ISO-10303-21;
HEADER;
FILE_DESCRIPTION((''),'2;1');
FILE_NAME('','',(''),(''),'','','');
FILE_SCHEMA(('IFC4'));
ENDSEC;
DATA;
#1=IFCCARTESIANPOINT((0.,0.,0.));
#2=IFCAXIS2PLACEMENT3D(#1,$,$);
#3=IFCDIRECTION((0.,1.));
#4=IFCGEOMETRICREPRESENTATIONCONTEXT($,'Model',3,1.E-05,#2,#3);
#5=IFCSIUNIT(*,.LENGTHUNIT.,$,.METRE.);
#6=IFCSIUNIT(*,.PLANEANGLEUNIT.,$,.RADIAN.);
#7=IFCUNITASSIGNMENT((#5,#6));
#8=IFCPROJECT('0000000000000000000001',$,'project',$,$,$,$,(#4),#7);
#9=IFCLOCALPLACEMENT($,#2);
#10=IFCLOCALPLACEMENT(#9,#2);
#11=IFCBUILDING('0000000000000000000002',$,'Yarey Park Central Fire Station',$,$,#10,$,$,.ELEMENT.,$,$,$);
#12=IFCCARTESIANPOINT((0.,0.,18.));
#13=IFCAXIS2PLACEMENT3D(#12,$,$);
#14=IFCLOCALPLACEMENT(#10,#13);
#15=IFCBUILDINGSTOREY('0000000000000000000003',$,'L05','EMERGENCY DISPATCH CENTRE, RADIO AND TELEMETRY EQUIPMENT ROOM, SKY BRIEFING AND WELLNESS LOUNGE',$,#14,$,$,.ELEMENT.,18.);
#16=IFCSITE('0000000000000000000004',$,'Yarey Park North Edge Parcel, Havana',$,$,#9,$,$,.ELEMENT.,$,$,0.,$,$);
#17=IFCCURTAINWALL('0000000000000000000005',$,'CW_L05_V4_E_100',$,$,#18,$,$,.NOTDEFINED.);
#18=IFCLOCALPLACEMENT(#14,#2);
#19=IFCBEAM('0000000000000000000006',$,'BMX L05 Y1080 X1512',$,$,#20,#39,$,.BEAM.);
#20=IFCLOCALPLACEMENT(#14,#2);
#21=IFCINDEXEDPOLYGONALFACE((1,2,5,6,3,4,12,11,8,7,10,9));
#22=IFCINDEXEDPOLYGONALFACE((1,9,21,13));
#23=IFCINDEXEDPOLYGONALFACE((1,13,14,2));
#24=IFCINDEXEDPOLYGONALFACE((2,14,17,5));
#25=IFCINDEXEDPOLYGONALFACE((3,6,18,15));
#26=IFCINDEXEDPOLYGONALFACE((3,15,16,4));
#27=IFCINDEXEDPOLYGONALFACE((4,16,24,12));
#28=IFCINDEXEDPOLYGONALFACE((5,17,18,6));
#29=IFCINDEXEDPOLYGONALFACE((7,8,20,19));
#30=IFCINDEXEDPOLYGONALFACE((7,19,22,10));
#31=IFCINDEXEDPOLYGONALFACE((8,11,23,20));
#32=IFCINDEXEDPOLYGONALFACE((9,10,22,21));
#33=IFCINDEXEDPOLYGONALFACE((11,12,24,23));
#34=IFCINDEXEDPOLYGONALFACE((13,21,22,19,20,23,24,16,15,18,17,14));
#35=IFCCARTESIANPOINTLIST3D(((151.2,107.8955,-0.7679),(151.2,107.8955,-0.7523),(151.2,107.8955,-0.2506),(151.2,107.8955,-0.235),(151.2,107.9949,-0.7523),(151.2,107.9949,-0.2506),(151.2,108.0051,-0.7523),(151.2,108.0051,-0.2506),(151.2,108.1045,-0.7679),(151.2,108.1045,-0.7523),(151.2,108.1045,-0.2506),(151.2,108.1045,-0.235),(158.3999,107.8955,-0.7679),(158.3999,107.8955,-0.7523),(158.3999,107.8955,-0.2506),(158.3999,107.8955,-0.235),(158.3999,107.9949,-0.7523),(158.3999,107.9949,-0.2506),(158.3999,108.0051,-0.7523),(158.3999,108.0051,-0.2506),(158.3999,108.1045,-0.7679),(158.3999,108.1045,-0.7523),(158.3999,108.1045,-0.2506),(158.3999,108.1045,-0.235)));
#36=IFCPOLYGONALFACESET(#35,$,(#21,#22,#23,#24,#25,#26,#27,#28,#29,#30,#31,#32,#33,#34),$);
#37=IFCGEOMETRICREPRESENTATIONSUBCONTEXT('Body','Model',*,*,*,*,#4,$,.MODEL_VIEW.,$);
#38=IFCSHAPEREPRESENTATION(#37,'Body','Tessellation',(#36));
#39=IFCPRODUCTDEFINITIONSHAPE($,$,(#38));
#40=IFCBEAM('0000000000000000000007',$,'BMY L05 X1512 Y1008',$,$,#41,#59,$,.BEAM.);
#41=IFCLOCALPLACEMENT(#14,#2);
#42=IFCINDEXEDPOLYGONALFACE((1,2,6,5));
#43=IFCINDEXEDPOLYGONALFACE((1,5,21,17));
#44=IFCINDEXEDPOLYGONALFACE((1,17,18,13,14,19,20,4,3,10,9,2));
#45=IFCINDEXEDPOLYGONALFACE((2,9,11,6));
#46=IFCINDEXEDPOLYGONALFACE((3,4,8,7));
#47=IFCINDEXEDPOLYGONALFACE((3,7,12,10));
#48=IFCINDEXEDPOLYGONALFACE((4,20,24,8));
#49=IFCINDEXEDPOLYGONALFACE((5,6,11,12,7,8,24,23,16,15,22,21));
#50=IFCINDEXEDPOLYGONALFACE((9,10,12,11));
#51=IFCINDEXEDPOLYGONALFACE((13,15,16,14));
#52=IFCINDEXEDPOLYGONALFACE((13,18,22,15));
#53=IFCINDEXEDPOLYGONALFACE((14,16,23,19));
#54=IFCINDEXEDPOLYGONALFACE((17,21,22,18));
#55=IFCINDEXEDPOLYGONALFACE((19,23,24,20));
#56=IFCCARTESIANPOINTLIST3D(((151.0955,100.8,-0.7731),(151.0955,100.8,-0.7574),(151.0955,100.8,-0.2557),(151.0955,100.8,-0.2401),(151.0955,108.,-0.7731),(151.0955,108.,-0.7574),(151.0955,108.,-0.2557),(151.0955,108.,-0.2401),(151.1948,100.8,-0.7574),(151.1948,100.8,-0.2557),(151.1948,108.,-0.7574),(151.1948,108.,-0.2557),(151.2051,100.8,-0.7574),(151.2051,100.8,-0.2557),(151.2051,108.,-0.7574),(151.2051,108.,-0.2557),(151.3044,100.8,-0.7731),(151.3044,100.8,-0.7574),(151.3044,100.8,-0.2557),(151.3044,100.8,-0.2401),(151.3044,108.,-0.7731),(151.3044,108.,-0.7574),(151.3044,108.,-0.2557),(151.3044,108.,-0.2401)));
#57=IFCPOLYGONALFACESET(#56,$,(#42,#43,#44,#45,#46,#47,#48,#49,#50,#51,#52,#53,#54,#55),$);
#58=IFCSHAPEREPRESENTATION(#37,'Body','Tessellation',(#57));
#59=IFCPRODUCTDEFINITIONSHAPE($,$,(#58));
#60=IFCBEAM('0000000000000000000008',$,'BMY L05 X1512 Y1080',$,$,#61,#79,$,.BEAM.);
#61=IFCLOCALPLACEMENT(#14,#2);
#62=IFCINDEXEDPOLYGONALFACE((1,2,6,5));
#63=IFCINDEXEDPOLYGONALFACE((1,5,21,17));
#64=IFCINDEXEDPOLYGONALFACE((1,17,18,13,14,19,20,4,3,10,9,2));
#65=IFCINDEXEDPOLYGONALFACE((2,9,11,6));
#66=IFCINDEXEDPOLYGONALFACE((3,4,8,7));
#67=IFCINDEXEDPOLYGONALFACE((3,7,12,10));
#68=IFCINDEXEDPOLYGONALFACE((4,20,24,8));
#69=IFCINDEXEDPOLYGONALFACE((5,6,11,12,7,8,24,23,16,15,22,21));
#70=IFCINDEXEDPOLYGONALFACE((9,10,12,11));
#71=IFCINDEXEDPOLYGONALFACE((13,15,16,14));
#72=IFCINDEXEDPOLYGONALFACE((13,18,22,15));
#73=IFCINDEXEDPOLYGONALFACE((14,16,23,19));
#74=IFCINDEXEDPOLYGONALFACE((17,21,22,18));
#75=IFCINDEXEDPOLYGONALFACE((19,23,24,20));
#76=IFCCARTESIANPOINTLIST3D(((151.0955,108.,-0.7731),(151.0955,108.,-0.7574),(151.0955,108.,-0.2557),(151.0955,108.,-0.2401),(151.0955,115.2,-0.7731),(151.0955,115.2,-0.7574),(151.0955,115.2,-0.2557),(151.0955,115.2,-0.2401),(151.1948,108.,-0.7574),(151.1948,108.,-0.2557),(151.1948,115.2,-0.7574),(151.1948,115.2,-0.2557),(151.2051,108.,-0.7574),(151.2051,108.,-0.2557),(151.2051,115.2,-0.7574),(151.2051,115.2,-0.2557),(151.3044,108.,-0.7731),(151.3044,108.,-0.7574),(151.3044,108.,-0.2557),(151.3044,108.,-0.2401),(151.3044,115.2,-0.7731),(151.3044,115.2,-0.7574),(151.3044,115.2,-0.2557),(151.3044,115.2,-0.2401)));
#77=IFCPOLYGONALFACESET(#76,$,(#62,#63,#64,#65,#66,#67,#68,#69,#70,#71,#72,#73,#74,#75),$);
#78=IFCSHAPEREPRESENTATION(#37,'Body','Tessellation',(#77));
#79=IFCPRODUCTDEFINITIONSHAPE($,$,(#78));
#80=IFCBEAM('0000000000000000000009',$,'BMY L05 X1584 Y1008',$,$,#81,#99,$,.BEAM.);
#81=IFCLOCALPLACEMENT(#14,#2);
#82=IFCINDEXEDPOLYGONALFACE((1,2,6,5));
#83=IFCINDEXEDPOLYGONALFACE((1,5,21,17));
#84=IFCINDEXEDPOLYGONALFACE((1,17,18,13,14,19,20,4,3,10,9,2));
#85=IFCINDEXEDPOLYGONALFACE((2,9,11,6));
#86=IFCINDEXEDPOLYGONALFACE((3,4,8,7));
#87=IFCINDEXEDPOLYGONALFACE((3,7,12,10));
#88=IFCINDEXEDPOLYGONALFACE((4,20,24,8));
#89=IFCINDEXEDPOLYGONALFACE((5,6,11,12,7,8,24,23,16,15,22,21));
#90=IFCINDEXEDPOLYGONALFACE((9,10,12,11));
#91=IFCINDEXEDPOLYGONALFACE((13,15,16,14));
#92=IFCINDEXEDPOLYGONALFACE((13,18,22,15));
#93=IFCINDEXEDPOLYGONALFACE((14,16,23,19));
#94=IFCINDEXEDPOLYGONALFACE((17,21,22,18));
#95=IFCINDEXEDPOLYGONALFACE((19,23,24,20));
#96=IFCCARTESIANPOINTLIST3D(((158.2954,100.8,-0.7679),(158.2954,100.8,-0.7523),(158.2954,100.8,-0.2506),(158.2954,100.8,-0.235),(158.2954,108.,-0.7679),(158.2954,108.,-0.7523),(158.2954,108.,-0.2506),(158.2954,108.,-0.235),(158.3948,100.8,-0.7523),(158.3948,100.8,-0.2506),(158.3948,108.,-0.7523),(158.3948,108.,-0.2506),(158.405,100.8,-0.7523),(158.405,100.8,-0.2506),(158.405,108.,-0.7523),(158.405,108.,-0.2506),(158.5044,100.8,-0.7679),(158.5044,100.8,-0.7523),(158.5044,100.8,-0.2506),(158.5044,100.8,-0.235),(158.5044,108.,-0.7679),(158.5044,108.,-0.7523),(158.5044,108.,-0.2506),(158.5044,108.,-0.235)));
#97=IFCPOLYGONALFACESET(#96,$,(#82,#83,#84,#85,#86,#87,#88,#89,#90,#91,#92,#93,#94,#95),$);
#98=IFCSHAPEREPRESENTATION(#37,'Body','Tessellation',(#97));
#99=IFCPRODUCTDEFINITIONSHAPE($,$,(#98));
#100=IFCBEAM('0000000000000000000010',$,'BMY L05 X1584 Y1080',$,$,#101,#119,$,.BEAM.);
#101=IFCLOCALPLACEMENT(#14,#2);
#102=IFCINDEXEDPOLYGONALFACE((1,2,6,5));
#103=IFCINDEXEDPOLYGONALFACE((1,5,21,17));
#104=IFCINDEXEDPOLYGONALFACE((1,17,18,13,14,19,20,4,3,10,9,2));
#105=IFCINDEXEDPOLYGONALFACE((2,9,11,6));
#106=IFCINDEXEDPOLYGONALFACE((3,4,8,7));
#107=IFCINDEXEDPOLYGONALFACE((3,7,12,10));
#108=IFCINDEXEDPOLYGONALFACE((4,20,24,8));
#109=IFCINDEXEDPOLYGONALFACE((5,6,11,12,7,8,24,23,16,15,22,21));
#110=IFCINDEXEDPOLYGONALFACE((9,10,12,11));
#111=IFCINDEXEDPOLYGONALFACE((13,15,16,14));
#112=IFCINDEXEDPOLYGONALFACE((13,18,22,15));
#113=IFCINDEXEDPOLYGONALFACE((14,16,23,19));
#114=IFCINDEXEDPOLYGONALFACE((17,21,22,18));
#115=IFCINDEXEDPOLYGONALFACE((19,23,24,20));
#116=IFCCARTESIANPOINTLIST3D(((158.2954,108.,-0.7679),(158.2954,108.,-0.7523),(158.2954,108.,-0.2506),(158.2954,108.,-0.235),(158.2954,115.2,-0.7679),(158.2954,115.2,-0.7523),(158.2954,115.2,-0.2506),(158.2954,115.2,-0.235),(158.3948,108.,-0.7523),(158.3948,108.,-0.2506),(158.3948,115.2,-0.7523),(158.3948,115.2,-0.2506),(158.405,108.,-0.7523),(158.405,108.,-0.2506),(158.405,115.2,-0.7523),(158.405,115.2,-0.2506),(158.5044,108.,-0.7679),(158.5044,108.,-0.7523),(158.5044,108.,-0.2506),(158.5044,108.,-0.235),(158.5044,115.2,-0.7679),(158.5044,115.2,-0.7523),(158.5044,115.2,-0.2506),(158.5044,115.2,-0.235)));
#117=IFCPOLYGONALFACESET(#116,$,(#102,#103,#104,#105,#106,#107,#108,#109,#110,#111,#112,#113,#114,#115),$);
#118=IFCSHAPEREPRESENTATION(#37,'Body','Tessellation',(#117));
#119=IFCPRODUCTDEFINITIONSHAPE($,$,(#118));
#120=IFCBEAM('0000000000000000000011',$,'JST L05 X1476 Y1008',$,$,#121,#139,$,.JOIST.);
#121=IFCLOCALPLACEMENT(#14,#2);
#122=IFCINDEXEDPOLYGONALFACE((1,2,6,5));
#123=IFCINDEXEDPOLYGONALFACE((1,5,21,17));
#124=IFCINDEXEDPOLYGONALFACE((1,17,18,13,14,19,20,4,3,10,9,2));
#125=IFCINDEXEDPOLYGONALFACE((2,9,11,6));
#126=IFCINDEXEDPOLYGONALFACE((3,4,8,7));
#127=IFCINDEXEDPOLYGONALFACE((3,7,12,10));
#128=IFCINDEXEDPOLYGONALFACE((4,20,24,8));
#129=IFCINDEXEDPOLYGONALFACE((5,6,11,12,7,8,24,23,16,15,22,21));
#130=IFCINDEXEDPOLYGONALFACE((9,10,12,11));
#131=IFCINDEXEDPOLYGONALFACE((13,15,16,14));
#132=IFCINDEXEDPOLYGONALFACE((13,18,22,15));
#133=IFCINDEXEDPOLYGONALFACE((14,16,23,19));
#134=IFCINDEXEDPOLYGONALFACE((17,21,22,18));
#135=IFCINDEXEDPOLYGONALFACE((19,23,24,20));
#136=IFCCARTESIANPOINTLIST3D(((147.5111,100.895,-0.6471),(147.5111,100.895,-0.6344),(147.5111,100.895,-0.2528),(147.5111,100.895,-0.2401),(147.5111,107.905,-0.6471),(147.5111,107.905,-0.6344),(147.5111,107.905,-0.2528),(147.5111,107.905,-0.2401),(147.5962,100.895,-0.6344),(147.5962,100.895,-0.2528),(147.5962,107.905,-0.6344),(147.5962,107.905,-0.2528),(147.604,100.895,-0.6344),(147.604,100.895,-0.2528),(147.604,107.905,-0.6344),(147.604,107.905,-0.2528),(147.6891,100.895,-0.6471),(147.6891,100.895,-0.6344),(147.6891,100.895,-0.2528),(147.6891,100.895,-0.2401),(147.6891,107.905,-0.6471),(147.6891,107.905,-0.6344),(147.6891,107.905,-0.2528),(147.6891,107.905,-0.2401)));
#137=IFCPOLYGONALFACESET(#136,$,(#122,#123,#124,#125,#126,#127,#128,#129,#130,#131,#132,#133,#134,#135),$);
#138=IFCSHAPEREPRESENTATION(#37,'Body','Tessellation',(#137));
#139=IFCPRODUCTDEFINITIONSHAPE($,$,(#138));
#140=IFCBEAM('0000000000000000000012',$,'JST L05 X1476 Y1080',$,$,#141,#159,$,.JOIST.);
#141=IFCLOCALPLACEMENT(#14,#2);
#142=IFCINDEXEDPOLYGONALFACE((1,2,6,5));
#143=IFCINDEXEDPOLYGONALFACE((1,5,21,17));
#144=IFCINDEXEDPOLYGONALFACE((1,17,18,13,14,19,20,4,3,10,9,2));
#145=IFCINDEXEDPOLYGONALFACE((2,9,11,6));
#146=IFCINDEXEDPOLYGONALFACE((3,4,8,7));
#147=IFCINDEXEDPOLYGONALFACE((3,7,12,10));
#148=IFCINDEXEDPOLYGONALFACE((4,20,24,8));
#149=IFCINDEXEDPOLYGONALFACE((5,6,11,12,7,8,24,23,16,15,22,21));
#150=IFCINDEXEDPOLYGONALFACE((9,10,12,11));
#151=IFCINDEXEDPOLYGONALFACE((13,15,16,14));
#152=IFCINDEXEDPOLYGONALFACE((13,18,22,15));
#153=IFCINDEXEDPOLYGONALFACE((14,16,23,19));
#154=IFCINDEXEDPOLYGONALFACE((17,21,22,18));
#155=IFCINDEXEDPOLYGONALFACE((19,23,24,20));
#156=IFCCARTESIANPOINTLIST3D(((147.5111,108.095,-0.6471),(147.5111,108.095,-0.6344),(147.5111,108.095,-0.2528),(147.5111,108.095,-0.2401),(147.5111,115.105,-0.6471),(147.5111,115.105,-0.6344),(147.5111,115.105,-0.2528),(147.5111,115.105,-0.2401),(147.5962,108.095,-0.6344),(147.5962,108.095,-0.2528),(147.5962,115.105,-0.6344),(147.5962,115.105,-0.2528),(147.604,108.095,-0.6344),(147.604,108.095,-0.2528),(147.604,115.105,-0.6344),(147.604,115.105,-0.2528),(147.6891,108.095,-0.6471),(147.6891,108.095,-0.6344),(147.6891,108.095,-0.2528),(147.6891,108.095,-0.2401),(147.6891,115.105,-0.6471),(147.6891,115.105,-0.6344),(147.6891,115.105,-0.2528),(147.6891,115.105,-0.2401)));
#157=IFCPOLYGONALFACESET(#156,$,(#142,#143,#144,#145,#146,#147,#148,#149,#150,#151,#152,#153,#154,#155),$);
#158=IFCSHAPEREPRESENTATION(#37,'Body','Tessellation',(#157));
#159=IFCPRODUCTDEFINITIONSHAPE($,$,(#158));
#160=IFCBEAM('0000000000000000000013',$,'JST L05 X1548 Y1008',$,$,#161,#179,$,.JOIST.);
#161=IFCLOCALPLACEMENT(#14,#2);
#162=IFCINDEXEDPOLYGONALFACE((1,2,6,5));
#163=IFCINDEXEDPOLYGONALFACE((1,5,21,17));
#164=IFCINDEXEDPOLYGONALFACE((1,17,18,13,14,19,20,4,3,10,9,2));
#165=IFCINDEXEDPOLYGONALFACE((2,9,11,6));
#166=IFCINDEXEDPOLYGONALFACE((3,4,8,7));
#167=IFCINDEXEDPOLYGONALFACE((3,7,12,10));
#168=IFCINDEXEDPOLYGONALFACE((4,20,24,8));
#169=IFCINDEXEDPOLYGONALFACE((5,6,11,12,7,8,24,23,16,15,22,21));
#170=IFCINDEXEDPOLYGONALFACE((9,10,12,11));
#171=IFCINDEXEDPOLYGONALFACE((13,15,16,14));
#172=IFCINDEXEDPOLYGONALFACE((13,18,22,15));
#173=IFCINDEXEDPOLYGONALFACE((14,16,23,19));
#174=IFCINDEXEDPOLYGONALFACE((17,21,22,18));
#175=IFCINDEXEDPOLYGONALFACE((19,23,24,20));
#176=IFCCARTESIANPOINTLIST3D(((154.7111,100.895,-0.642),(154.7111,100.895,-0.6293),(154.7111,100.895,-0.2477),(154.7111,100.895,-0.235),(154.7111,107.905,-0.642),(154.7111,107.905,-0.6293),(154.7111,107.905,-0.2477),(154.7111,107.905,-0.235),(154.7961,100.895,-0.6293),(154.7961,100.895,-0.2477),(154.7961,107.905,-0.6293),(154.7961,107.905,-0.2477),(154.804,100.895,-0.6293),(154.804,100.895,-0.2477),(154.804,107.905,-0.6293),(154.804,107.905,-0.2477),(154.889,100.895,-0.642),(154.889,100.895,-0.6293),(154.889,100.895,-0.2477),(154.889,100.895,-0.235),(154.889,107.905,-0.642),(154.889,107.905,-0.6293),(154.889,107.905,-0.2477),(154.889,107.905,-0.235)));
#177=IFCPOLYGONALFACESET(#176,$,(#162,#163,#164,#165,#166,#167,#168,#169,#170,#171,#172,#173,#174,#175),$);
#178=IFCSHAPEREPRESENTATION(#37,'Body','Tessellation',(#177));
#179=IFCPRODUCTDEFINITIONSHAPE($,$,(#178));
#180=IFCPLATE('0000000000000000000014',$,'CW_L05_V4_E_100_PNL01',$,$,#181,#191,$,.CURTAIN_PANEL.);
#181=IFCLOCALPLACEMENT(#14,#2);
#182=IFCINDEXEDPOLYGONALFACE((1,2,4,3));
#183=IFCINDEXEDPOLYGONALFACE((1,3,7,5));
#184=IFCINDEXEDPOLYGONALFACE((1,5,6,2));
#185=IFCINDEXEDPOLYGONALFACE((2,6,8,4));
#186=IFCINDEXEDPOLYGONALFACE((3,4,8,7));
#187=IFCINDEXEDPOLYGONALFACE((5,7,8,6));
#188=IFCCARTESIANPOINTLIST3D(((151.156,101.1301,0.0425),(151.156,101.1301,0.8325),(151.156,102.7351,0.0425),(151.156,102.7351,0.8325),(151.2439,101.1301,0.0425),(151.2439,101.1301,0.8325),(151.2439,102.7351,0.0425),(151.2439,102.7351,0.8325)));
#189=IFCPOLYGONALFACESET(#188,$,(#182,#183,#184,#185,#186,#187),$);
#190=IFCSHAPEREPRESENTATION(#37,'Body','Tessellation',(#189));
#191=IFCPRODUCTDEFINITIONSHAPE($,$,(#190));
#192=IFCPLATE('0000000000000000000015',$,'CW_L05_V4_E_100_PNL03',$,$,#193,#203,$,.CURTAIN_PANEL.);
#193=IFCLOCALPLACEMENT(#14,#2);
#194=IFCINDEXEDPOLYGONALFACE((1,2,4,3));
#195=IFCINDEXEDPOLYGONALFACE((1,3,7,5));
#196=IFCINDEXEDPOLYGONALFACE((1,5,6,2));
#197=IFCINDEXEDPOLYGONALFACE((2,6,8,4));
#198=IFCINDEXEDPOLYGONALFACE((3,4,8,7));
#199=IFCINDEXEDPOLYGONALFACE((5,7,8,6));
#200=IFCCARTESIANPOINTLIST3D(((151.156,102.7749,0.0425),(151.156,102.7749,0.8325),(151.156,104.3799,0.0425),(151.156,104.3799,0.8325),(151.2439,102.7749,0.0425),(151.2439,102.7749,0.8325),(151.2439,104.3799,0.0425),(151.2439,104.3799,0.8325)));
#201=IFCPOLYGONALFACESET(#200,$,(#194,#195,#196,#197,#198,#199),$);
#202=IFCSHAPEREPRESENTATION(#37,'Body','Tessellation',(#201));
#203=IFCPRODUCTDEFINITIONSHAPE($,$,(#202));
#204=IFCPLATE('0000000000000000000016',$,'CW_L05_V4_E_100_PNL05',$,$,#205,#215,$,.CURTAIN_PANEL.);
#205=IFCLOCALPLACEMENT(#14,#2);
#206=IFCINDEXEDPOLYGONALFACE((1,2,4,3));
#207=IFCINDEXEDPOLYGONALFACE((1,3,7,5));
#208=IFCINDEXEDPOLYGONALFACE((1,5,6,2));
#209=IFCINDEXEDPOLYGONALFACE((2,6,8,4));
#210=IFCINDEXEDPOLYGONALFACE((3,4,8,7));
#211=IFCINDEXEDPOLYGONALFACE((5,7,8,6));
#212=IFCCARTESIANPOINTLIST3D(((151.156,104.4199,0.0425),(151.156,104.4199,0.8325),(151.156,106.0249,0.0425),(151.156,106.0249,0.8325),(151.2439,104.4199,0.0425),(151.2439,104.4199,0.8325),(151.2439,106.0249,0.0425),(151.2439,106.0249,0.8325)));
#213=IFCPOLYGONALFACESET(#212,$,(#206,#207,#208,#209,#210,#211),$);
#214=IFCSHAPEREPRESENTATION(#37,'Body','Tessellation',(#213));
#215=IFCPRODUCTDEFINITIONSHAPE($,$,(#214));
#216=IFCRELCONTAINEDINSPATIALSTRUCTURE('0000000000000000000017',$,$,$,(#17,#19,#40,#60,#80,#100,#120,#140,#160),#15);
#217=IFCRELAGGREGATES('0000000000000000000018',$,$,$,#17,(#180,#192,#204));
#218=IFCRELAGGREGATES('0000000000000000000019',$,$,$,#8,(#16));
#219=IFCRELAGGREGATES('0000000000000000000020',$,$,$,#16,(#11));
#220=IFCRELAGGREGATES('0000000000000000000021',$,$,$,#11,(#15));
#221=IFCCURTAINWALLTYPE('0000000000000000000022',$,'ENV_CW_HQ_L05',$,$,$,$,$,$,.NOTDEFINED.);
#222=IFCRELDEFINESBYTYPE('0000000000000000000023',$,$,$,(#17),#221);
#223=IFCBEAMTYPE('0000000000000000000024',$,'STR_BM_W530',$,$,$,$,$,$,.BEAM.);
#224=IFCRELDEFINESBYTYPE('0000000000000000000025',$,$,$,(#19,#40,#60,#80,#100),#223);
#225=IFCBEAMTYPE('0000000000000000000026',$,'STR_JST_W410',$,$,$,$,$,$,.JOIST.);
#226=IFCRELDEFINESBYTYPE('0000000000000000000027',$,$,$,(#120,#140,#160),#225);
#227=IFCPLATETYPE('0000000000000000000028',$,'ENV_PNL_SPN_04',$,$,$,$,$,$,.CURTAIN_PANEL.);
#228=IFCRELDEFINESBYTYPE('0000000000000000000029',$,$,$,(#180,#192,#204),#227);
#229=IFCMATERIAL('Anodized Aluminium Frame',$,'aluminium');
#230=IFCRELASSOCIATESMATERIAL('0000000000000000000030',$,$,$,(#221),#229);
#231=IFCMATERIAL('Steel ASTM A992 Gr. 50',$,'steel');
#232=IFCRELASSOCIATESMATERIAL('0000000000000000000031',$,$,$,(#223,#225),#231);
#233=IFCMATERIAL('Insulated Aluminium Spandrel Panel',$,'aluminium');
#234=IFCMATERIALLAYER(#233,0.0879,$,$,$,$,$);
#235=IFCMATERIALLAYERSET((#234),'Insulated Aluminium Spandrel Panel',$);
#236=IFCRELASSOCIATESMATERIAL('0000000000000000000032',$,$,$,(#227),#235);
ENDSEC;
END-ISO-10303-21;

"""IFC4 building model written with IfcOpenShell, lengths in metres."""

from ifc_helpers import new_model, si_unit, direction, frame, origin, origin_2d, place, context, subcontext, project, spatial, rectangle, i_section, extrude, material, layer, layer_set, material_profile, profile_set, type_object, element, aggregate, save


model = new_model("IFC4")

# Units and contexts
model_context = context("Model", 3, precision=1e-05, world=origin(), true_north=direction((0.0, 1.0)))
body_context = subcontext(model_context, "Body", "Model", "MODEL_VIEW")
ifc_project = project(units=[si_unit("LENGTHUNIT", "METRE"), si_unit("PLANEANGLEUNIT", "RADIAN")], contexts=[model_context])

# Site, building, storey
site_placement = place(None, origin())
site = spatial("IfcSite", under=ifc_project, at=site_placement, Name="Yarey Park North Edge Parcel, Havana", CompositionType="ELEMENT", RefElevation=0.0)
building_placement = place(site_placement, origin())
building = spatial("IfcBuilding", under=site, at=building_placement, Name="Yarey Park Central Fire Station", CompositionType="ELEMENT")
storey_placement = place(building_placement, frame((0.0, 0.0, 18.0)))
storey = spatial("IfcBuildingStorey", under=building, at=storey_placement, Name="L05", Description="EMERGENCY DISPATCH CENTRE, RADIO AND TELEMETRY EQUIPMENT ROOM, SKY BRIEFING AND WELLNESS LOUNGE", CompositionType="ELEMENT", Elevation=18.0)

# Curtain wall
ifc_material_1 = material(Name="Anodized Aluminium Frame", Category="aluminium")
curtain_wall_type = type_object("IfcCurtainWallType", Name="ENV_CW_HQ_L05", PredefinedType="NOTDEFINED", material=ifc_material_1)
curtain_wall_placement = place(storey_placement, origin())
curtain_wall = element("IfcCurtainWall", 1, at=curtain_wall_placement, inside=storey, type_object=curtain_wall_type, Name="CW_L05_V4_E_100", PredefinedType="NOTDEFINED")

# Beams
ifc_material_2 = material(Name="Steel ASTM A992 Gr. 50", Category="steel")
ifc_material_profile_1 = material_profile(ifc_material_2, i_section(OverallWidth=0.209, OverallDepth=0.533, WebThickness=0.0103, FlangeThickness=0.0156, at=origin_2d()), Name="W530x92")
ifc_profile_set_1 = profile_set([ifc_material_profile_1], Name="Steel ASTM A992 Gr. 50")
beam_type_1 = type_object("IfcBeamType", Name="STR_BM_W530", PredefinedType="BEAM", material=ifc_profile_set_1)
for number, where, z_axis, x_axis, name in (
    (2, (151.2, 108.0, -0.5015), (1.0, 0.0, 0.0), (0.0, 1.0, 0.0), "BMX L05 Y1080 X1512"),
    (3, (151.2, 100.8, -0.5066), (0.0, 1.0, 0.0), (-1.0, 0.0, 0.0), "BMY L05 X1512 Y1008"),
    (4, (151.2, 108.0, -0.5066), (0.0, 1.0, 0.0), (-1.0, 0.0, 0.0), "BMY L05 X1512 Y1080"),
    (5, (158.3999, 100.8, -0.5015), (0.0, 1.0, 0.0), (-1.0, 0.0, 0.0), "BMY L05 X1584 Y1008"),
    (6, (158.3999, 108.0, -0.5015), (0.0, 1.0, 0.0), (-1.0, 0.0, 0.0), "BMY L05 X1584 Y1080"),
):
    element("IfcBeam", number, at=place(storey_placement, frame(where, z_axis=z_axis, x_axis=x_axis)), inside=storey, type_object=beam_type_1, Name=name, PredefinedType="BEAM", context=body_context, shape_type="SweptSolid", body=[
        extrude(i_section(OverallWidth=0.209, OverallDepth=0.533, WebThickness=0.0103, FlangeThickness=0.0156, at=origin_2d()), origin(), (0.0, 0.0, 1.0), 7.2),
    ])
ifc_material_profile_2 = material_profile(ifc_material_2, i_section(OverallWidth=0.178, OverallDepth=0.407, WebThickness=0.0078, FlangeThickness=0.0127, at=origin_2d()), Name="W410x60")
ifc_profile_set_2 = profile_set([ifc_material_profile_2], Name="Steel ASTM A992 Gr. 50")
beam_type_2 = type_object("IfcBeamType", Name="STR_JST_W410", PredefinedType="JOIST", material=ifc_profile_set_2)
for number, where, z_axis, x_axis, name in (
    (7, (147.6001, 100.895, -0.4436), (0.0, 1.0, 0.0), (-1.0, 0.0, 0.0), "JST L05 X1476 Y1008"),
    (8, (147.6001, 108.095, -0.4436), (0.0, 1.0, 0.0), (-1.0, 0.0, 0.0), "JST L05 X1476 Y1080"),
    (9, (154.8, 100.895, -0.4385), (0.0, 1.0, 0.0), (-1.0, 0.0, 0.0), "JST L05 X1548 Y1008"),
):
    element("IfcBeam", number, at=place(storey_placement, frame(where, z_axis=z_axis, x_axis=x_axis)), inside=storey, type_object=beam_type_2, Name=name, PredefinedType="JOIST", context=body_context, shape_type="SweptSolid", body=[
        extrude(i_section(OverallWidth=0.178, OverallDepth=0.407, WebThickness=0.0078, FlangeThickness=0.0127, at=origin_2d()), origin(), (0.0, 0.0, 1.0), 7.01),
    ])

# Plates
ifc_material_3 = material(Name="Insulated Aluminium Spandrel Panel", Category="aluminium")
ifc_layer_1 = layer(ifc_material_3, 0.0879)
ifc_layer_set_1 = layer_set([ifc_layer_1], Name="Insulated Aluminium Spandrel Panel")
plate_type_1 = type_object("IfcPlateType", Name="ENV_PNL_SPN_04", PredefinedType="CURTAIN_PANEL", material=ifc_layer_set_1)
plate_1_placement = place(storey_placement, frame((151.2, 101.9326, 0.0425), z_axis=(0.0, 0.0, 1.0), x_axis=(0.0, 1.0, 0.0)))
plate_1 = element("IfcPlate", 10, at=plate_1_placement, type_object=plate_type_1, Name="CW_L05_V4_E_100_PNL01", PredefinedType="CURTAIN_PANEL", context=body_context, shape_type="SweptSolid", body=[
    extrude(rectangle(XDim=1.605, YDim=0.0879, at=origin_2d()), origin(), (0.0, 0.0, 1.0), 0.79),
])
plate_2_placement = place(storey_placement, frame((151.2, 103.5774, 0.0425), z_axis=(0.0, 0.0, 1.0), x_axis=(0.0, 1.0, 0.0)))
plate_2 = element("IfcPlate", 11, at=plate_2_placement, type_object=plate_type_1, Name="CW_L05_V4_E_100_PNL03", PredefinedType="CURTAIN_PANEL", context=body_context, shape_type="SweptSolid", body=[
    extrude(rectangle(XDim=1.605, YDim=0.0879, at=origin_2d()), origin(), (0.0, 0.0, 1.0), 0.79),
])
plate_3_placement = place(storey_placement, frame((151.2, 105.2224, 0.0425), z_axis=(0.0, 0.0, 1.0), x_axis=(0.0, 1.0, 0.0)))
plate_3 = element("IfcPlate", 12, at=plate_3_placement, type_object=plate_type_1, Name="CW_L05_V4_E_100_PNL05", PredefinedType="CURTAIN_PANEL", context=body_context, shape_type="SweptSolid", body=[
    extrude(rectangle(XDim=1.605, YDim=0.0879, at=origin_2d()), origin(), (0.0, 0.0, 1.0), 0.79),
])
aggregate(curtain_wall, [plate_1, plate_2, plate_3])

save(model, "model.ifc")
